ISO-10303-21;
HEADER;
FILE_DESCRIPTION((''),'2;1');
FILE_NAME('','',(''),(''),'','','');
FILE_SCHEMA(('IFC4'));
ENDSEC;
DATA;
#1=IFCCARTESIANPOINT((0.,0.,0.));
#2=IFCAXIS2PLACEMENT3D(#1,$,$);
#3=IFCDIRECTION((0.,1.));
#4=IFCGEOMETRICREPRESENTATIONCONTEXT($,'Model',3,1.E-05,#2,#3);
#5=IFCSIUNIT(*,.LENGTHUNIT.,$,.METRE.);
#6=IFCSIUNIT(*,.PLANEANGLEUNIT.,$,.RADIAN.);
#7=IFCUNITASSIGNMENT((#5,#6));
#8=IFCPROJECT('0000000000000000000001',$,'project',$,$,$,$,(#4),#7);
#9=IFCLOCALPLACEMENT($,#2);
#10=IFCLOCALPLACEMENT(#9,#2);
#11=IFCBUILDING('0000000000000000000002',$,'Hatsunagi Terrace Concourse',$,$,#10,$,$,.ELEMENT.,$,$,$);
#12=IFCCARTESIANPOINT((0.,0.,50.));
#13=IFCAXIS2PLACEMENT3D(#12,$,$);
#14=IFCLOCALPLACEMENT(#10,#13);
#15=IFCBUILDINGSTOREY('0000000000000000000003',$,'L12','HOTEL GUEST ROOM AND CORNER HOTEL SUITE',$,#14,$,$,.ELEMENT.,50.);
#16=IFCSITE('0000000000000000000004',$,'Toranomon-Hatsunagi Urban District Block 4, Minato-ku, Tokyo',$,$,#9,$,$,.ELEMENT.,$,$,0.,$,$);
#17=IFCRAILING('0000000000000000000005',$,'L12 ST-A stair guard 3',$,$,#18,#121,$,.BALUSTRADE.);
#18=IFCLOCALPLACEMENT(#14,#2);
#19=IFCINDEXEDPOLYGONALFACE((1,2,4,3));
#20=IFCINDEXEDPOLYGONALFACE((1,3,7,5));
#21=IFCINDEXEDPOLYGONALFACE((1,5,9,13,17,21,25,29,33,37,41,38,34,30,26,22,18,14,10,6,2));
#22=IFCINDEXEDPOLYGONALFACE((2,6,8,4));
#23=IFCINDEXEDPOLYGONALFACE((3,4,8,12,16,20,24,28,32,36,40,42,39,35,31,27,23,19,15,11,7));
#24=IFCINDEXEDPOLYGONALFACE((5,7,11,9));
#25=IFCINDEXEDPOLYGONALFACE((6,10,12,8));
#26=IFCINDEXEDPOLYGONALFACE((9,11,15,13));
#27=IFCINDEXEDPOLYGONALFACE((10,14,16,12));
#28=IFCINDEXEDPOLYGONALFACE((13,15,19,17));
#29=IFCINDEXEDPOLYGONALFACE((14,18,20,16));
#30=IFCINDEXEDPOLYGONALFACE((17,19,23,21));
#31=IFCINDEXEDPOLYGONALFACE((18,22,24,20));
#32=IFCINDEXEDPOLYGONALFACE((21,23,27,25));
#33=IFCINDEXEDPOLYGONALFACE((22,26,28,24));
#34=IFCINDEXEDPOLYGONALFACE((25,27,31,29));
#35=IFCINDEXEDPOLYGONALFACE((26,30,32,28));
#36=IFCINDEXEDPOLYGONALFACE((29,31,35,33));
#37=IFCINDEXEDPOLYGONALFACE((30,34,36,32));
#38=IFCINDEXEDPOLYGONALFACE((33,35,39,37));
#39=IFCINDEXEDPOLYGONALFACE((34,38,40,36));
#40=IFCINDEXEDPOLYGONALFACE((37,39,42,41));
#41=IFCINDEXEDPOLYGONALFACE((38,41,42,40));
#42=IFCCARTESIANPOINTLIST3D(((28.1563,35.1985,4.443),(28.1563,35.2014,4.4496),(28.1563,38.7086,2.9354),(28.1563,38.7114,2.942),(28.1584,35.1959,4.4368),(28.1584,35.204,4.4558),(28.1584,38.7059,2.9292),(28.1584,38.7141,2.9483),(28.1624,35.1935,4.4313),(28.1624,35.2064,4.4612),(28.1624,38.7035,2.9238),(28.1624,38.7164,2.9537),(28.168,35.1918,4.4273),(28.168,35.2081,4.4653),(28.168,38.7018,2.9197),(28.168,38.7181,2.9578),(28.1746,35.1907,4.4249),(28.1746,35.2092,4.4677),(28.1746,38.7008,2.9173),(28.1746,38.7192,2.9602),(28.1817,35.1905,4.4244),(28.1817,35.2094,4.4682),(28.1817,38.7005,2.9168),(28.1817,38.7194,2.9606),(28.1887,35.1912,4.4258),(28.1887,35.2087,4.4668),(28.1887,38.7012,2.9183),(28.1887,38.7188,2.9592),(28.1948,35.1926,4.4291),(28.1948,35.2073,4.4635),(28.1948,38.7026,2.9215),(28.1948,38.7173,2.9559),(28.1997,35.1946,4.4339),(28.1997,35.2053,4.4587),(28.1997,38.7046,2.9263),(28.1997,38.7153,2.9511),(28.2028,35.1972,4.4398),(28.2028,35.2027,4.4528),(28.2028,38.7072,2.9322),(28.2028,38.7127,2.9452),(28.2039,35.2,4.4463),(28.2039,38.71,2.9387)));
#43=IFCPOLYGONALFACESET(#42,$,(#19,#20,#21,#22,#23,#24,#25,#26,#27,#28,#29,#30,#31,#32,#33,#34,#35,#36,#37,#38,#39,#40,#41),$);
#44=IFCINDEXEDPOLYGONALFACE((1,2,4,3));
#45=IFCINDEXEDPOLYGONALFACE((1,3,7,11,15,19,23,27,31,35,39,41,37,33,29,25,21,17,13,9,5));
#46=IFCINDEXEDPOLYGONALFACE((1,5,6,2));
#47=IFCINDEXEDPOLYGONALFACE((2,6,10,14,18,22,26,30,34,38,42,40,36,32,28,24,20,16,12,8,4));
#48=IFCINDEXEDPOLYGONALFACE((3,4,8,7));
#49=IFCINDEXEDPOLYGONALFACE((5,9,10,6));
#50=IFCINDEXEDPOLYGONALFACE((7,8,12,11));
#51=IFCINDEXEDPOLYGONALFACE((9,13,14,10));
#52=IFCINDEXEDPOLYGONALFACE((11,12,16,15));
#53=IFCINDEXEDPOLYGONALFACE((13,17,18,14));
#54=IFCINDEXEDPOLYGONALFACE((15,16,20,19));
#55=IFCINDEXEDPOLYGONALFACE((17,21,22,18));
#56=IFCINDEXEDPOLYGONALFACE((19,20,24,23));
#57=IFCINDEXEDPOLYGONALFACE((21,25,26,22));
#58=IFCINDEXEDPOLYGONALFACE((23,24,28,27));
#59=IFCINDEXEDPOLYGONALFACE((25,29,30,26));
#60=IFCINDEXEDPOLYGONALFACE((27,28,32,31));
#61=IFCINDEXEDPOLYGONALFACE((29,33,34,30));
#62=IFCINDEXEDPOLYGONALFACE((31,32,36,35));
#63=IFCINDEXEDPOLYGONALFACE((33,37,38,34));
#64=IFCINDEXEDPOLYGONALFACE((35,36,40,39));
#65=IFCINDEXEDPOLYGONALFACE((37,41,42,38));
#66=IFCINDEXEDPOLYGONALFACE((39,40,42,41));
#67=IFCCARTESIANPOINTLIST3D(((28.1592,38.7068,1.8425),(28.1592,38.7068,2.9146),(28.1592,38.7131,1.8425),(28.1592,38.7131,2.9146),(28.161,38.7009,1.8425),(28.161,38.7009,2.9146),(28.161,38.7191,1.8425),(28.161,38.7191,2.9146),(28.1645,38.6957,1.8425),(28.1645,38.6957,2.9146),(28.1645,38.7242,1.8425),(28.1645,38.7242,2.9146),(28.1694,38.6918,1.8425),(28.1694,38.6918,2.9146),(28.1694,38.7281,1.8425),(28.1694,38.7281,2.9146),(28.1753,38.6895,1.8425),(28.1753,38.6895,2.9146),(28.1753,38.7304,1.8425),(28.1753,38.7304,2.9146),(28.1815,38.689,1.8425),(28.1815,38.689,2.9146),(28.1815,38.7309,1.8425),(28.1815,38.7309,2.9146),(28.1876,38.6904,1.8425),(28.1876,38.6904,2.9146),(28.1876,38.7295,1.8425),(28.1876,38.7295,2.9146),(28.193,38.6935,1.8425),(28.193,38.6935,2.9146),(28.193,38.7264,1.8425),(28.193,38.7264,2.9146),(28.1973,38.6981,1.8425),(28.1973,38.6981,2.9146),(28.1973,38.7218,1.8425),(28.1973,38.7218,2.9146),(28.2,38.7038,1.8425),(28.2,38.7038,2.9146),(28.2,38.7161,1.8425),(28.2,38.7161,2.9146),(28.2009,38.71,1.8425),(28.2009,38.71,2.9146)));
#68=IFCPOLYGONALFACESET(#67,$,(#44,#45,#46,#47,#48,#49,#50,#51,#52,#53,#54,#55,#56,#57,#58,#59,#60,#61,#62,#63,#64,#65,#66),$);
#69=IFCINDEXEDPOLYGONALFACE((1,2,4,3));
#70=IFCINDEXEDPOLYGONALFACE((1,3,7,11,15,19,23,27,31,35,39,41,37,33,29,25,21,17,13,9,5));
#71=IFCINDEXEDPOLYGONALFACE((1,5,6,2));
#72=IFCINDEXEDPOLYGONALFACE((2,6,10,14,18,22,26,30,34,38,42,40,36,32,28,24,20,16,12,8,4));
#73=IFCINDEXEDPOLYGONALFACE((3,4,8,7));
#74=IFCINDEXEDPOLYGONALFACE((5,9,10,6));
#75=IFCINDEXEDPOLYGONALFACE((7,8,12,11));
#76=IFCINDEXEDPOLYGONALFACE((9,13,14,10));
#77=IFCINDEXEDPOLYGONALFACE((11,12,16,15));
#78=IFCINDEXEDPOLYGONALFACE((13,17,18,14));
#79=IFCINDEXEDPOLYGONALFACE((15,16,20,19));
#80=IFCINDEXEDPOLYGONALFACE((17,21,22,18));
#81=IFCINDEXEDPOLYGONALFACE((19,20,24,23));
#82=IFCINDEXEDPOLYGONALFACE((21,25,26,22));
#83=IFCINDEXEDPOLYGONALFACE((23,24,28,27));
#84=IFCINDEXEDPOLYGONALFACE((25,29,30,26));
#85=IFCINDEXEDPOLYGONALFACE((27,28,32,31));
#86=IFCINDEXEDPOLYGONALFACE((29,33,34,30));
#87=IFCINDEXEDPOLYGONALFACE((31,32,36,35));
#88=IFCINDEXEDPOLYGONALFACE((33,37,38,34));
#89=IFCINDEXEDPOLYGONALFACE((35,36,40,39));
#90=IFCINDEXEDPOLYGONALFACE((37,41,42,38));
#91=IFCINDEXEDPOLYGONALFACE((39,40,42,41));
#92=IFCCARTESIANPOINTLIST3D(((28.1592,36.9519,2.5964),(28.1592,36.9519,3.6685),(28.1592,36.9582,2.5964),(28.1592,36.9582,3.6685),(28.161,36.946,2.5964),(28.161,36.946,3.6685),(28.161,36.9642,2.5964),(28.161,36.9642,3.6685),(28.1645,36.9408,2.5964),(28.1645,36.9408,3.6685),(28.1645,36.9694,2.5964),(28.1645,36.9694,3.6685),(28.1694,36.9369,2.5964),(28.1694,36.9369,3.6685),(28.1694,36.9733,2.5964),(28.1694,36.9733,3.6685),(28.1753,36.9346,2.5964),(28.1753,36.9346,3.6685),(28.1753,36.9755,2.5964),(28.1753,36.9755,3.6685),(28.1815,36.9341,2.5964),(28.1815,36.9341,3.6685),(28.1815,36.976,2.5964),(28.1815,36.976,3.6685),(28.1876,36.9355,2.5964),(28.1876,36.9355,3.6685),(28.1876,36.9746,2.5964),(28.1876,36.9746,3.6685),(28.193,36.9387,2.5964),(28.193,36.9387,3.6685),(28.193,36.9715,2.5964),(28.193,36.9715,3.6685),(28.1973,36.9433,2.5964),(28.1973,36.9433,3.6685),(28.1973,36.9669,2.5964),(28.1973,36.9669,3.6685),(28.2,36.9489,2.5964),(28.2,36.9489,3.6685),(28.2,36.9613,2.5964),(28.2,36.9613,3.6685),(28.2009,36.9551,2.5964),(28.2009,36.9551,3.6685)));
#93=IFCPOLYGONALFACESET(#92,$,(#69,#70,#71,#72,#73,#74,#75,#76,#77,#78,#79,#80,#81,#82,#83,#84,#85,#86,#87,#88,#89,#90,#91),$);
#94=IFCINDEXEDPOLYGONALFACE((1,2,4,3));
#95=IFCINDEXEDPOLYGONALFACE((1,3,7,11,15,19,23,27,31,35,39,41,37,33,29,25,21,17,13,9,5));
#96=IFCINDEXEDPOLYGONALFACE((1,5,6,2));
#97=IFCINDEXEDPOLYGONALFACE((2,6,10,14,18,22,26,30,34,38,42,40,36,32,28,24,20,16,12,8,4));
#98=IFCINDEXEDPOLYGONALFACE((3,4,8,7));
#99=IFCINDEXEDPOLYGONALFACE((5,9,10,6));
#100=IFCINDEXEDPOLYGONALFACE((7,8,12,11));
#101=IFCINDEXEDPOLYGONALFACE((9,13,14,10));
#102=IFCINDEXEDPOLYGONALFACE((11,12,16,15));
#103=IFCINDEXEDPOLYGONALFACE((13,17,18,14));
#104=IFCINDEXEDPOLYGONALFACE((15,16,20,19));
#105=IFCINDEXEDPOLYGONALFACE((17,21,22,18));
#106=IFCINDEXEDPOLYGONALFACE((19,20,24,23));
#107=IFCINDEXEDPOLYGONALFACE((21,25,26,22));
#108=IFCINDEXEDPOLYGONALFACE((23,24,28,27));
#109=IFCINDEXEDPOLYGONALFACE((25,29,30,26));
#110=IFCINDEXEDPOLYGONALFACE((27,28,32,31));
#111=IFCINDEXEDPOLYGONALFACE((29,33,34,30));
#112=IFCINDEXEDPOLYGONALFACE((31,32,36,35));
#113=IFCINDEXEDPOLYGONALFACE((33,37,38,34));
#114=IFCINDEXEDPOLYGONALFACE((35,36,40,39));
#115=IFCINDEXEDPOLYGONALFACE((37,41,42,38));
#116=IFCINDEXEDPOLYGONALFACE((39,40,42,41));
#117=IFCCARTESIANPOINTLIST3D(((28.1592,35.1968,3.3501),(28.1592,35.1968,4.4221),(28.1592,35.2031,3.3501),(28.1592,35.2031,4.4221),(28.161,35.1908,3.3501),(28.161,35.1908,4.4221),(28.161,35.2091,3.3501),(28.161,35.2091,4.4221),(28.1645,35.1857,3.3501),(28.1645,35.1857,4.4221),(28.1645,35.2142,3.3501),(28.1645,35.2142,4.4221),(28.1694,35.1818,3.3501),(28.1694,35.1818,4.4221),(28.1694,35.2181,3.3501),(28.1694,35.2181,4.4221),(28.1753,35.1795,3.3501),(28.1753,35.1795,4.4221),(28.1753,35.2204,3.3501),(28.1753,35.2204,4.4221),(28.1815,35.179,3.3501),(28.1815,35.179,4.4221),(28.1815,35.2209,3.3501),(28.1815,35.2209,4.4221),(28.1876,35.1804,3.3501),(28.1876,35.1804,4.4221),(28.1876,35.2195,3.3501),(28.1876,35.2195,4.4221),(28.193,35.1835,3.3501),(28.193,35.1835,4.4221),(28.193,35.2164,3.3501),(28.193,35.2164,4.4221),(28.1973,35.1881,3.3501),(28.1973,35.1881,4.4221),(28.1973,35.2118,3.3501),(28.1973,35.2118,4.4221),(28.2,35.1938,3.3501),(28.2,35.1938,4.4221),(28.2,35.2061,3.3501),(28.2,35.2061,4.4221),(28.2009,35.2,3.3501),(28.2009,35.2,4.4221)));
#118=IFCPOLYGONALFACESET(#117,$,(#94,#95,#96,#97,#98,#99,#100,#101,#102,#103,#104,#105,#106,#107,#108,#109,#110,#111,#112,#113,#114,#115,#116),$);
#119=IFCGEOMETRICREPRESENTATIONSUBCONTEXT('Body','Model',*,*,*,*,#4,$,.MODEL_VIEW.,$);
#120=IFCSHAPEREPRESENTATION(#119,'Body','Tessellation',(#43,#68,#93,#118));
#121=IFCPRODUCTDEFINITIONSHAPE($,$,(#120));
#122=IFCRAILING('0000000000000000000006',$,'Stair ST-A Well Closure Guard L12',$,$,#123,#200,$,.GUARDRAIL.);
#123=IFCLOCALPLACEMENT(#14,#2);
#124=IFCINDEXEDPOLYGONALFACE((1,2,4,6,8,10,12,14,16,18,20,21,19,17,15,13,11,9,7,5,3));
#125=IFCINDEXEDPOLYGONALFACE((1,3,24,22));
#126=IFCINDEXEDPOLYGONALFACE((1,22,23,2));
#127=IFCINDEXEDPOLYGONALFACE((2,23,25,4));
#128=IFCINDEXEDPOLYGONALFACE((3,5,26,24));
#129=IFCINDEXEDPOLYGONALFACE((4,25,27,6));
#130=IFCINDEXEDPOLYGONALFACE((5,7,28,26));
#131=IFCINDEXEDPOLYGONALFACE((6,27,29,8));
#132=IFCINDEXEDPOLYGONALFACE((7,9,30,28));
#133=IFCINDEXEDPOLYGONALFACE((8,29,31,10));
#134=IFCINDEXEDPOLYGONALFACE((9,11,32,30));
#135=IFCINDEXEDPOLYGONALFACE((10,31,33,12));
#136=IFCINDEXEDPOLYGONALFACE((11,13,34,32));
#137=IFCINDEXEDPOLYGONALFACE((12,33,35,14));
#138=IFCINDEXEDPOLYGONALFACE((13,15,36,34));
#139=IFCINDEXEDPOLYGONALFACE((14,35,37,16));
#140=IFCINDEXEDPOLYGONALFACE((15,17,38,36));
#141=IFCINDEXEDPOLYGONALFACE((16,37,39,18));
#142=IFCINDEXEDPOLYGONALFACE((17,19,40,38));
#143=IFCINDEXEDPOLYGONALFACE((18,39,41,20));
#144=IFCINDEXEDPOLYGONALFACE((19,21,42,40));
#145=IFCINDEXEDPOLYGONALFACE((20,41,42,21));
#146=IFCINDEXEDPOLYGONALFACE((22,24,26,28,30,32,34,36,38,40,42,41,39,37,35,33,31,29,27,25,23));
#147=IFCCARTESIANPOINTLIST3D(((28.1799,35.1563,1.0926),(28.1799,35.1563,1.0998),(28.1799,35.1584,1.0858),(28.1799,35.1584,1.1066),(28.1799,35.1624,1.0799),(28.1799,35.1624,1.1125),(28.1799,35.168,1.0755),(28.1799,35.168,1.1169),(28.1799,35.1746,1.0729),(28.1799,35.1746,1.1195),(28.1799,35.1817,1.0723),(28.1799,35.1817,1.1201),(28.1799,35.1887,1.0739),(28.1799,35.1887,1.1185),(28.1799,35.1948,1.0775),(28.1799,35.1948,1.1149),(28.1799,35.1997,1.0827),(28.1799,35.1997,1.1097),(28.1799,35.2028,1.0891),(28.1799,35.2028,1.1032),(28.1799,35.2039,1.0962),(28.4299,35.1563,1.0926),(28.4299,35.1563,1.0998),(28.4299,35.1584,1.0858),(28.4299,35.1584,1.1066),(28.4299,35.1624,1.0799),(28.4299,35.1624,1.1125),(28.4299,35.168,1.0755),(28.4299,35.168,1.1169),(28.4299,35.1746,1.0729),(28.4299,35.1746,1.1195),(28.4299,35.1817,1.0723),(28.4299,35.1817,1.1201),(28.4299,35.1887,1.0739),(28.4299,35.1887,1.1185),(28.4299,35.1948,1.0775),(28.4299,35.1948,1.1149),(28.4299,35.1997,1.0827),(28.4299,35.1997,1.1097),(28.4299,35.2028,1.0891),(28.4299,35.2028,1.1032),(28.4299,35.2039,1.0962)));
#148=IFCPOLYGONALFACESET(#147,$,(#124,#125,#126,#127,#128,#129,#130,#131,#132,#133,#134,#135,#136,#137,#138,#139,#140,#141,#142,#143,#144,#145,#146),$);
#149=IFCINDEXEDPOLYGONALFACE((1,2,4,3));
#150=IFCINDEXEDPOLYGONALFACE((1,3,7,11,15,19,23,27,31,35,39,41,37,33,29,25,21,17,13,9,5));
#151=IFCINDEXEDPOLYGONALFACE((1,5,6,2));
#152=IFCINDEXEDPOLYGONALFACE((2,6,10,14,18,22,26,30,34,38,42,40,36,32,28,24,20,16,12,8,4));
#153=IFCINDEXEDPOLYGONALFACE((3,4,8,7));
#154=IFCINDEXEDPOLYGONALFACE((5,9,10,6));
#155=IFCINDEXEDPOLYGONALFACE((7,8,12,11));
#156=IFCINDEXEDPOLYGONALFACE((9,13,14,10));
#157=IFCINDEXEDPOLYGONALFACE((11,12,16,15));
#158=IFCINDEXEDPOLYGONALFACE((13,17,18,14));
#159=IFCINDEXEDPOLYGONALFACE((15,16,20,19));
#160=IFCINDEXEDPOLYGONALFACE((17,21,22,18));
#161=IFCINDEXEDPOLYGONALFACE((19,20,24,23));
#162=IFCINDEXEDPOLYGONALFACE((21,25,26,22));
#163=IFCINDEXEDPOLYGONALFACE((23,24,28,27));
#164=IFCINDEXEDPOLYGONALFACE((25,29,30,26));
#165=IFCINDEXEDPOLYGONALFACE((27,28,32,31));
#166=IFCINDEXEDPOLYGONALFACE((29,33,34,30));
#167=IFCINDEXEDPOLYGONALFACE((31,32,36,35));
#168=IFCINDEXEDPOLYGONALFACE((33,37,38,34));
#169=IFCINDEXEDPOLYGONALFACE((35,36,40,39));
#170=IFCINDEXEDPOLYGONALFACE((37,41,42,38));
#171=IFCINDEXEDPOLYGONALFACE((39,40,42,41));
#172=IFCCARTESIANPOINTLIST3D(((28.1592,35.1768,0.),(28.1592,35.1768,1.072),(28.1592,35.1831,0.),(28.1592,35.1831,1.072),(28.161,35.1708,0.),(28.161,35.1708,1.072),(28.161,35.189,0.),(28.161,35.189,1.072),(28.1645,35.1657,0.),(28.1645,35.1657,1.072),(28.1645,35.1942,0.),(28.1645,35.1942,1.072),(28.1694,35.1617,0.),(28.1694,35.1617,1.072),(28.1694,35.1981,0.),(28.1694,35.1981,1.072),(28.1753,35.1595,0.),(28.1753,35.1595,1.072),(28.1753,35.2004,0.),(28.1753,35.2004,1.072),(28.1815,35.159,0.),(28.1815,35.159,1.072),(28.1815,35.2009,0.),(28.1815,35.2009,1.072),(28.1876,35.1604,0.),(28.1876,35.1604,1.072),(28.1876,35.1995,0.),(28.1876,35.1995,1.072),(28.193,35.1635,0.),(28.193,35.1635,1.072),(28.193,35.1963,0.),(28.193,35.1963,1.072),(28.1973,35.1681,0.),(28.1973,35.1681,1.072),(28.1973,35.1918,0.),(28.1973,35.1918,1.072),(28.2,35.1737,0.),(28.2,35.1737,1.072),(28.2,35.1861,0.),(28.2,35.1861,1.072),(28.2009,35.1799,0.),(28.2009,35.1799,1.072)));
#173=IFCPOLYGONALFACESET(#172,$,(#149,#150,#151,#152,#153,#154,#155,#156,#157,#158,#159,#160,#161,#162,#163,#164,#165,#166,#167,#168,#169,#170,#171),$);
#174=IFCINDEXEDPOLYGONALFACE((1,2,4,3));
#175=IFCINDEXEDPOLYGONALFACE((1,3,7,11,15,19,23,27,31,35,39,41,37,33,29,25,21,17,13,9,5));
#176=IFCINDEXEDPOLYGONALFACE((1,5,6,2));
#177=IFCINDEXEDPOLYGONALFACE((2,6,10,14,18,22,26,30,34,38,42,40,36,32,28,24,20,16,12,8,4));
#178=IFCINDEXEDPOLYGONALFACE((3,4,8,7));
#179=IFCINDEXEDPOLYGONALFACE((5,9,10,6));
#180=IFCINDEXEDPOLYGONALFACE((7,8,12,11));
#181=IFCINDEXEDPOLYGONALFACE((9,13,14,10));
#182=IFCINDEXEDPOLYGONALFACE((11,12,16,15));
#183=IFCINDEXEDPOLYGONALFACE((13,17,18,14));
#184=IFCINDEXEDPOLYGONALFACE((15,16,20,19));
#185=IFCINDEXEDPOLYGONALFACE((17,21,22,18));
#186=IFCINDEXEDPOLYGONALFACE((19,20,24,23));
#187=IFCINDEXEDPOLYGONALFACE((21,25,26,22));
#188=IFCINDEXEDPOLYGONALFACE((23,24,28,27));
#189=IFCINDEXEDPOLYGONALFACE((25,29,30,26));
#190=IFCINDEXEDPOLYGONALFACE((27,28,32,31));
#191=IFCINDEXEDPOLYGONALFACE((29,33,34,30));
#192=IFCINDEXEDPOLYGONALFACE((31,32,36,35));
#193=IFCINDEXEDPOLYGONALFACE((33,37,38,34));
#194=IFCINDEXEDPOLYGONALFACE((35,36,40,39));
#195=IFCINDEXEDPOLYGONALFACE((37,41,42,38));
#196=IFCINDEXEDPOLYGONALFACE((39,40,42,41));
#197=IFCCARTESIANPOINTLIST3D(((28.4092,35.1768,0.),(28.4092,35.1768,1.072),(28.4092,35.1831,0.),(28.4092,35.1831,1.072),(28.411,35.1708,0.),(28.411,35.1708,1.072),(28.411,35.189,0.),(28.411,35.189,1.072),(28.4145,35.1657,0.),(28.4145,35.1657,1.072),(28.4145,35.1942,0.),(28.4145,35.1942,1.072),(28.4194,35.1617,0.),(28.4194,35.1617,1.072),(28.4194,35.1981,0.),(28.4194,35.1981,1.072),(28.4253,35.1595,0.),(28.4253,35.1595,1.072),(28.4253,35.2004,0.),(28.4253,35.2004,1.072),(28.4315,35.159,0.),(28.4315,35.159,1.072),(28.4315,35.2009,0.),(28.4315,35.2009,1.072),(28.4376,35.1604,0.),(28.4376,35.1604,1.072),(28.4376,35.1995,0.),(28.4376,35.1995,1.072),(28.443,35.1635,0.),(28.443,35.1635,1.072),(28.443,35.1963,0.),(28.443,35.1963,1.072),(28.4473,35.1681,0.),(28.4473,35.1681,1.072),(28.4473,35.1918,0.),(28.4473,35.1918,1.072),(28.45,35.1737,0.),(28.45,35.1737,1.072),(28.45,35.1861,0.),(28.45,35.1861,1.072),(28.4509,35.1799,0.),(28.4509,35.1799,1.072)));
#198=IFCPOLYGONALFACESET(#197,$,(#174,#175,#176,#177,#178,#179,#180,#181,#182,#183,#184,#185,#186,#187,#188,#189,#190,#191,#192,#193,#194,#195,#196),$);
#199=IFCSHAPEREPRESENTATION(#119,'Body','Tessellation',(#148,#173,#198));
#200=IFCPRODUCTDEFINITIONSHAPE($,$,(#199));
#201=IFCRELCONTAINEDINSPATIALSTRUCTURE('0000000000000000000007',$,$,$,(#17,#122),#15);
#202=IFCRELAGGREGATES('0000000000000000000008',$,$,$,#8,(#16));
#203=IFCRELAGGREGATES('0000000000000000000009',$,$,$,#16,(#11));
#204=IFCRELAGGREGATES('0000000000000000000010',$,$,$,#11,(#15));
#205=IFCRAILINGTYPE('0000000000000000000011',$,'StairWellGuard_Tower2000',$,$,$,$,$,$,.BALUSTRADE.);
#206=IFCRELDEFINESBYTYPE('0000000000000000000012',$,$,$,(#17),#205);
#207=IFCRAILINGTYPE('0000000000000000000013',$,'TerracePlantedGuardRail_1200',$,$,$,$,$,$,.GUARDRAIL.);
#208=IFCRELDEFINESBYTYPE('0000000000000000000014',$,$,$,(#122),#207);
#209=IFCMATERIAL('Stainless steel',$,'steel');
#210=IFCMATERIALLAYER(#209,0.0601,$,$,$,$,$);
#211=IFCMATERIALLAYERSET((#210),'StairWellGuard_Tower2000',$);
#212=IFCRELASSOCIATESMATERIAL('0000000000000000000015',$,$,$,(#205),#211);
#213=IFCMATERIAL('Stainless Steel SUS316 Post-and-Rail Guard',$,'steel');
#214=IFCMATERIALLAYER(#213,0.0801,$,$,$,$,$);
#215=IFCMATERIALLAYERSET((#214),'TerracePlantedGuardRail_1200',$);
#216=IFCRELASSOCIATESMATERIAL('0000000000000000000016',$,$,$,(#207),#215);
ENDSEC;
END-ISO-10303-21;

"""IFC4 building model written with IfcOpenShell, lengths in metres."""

from ifc_helpers import new_model, si_unit, direction, frame, origin, origin_2d, place, context, subcontext, project, spatial, circle, extrude, material, layer, layer_set, type_object, element, save


model = new_model("IFC4")

# Units and contexts
model_context = context("Model", 3, precision=1e-05, world=origin(), true_north=direction((0.0, 1.0)))
body_context = subcontext(model_context, "Body", "Model", "MODEL_VIEW")
ifc_project = project(units=[si_unit("LENGTHUNIT", "METRE"), si_unit("PLANEANGLEUNIT", "RADIAN")], contexts=[model_context])

# Site, building, storey
site_placement = place(None, origin())
site = spatial("IfcSite", under=ifc_project, at=site_placement, Name="Toranomon-Hatsunagi Urban District Block 4, Minato-ku, Tokyo", CompositionType="ELEMENT", RefElevation=0.0)
building_placement = place(site_placement, origin())
building = spatial("IfcBuilding", under=site, at=building_placement, Name="Hatsunagi Terrace Concourse", CompositionType="ELEMENT")
storey_placement = place(building_placement, frame((0.0, 0.0, 50.0)))
storey = spatial("IfcBuildingStorey", under=building, at=storey_placement, Name="L12", Description="HOTEL GUEST ROOM AND CORNER HOTEL SUITE", CompositionType="ELEMENT", Elevation=50.0)

# Railings
ifc_material_1 = material(Name="Stainless steel", Category="steel")
ifc_layer_1 = layer(ifc_material_1, 0.0601)
ifc_layer_set_1 = layer_set([ifc_layer_1], Name="StairWellGuard_Tower2000")
railing_type_1 = type_object("IfcRailingType", Name="StairWellGuard_Tower2000", PredefinedType="BALUSTRADE", material=ifc_layer_set_1)
railing_1_placement = place(storey_placement, frame((28.1799, 38.71, 1.8425)))
element("IfcRailing", 1, at=railing_1_placement, inside=storey, type_object=railing_type_1, Name="L12 ST-A stair guard 3", PredefinedType="BALUSTRADE", context=body_context, shape_type="SweptSolid", body=[
    extrude(circle(Radius=0.0239, at=origin_2d()), frame((0.0, 0.0, 1.0962), z_axis=(0.0, -0.918834, 0.394644), x_axis=(1.0, 0.0, 0.0)), (0.0, 0.0, 1.0), 3.8201),
    extrude(circle(Radius=0.021, at=origin_2d()), origin(), (0.0, 0.0, 1.0), 1.072),
    extrude(circle(Radius=0.021, at=origin_2d()), frame((0.0, -1.7549, 0.7539)), (0.0, 0.0, 1.0), 1.072),
    extrude(circle(Radius=0.021, at=origin_2d()), frame((0.0, -3.51, 1.5076)), (0.0, 0.0, 1.0), 1.072),
])
ifc_material_2 = material(Name="Stainless Steel SUS316 Post-and-Rail Guard", Category="steel")
ifc_layer_2 = layer(ifc_material_2, 0.0801)
ifc_layer_set_2 = layer_set([ifc_layer_2], Name="TerracePlantedGuardRail_1200")
railing_type_2 = type_object("IfcRailingType", Name="TerracePlantedGuardRail_1200", PredefinedType="GUARDRAIL", material=ifc_layer_set_2)
railing_2_placement = place(storey_placement, frame((28.1799, 35.1799, 0.0)))
element("IfcRailing", 2, at=railing_2_placement, inside=storey, type_object=railing_type_2, Name="Stair ST-A Well Closure Guard L12", PredefinedType="GUARDRAIL", context=body_context, shape_type="SweptSolid", body=[
    extrude(circle(Radius=0.0239, at=origin_2d()), frame((0.0, 0.0, 1.0962), z_axis=(1.0, 0.0, 0.0), x_axis=(0.0, 1.0, 0.0)), (0.0, 0.0, 1.0), 0.25),
    extrude(circle(Radius=0.021, at=origin_2d()), origin(), (0.0, 0.0, 1.0), 1.072),
    extrude(circle(Radius=0.021, at=origin_2d()), frame((0.25, 0.0, 0.0)), (0.0, 0.0, 1.0), 1.072),
])

save(model, "model.ifc")
